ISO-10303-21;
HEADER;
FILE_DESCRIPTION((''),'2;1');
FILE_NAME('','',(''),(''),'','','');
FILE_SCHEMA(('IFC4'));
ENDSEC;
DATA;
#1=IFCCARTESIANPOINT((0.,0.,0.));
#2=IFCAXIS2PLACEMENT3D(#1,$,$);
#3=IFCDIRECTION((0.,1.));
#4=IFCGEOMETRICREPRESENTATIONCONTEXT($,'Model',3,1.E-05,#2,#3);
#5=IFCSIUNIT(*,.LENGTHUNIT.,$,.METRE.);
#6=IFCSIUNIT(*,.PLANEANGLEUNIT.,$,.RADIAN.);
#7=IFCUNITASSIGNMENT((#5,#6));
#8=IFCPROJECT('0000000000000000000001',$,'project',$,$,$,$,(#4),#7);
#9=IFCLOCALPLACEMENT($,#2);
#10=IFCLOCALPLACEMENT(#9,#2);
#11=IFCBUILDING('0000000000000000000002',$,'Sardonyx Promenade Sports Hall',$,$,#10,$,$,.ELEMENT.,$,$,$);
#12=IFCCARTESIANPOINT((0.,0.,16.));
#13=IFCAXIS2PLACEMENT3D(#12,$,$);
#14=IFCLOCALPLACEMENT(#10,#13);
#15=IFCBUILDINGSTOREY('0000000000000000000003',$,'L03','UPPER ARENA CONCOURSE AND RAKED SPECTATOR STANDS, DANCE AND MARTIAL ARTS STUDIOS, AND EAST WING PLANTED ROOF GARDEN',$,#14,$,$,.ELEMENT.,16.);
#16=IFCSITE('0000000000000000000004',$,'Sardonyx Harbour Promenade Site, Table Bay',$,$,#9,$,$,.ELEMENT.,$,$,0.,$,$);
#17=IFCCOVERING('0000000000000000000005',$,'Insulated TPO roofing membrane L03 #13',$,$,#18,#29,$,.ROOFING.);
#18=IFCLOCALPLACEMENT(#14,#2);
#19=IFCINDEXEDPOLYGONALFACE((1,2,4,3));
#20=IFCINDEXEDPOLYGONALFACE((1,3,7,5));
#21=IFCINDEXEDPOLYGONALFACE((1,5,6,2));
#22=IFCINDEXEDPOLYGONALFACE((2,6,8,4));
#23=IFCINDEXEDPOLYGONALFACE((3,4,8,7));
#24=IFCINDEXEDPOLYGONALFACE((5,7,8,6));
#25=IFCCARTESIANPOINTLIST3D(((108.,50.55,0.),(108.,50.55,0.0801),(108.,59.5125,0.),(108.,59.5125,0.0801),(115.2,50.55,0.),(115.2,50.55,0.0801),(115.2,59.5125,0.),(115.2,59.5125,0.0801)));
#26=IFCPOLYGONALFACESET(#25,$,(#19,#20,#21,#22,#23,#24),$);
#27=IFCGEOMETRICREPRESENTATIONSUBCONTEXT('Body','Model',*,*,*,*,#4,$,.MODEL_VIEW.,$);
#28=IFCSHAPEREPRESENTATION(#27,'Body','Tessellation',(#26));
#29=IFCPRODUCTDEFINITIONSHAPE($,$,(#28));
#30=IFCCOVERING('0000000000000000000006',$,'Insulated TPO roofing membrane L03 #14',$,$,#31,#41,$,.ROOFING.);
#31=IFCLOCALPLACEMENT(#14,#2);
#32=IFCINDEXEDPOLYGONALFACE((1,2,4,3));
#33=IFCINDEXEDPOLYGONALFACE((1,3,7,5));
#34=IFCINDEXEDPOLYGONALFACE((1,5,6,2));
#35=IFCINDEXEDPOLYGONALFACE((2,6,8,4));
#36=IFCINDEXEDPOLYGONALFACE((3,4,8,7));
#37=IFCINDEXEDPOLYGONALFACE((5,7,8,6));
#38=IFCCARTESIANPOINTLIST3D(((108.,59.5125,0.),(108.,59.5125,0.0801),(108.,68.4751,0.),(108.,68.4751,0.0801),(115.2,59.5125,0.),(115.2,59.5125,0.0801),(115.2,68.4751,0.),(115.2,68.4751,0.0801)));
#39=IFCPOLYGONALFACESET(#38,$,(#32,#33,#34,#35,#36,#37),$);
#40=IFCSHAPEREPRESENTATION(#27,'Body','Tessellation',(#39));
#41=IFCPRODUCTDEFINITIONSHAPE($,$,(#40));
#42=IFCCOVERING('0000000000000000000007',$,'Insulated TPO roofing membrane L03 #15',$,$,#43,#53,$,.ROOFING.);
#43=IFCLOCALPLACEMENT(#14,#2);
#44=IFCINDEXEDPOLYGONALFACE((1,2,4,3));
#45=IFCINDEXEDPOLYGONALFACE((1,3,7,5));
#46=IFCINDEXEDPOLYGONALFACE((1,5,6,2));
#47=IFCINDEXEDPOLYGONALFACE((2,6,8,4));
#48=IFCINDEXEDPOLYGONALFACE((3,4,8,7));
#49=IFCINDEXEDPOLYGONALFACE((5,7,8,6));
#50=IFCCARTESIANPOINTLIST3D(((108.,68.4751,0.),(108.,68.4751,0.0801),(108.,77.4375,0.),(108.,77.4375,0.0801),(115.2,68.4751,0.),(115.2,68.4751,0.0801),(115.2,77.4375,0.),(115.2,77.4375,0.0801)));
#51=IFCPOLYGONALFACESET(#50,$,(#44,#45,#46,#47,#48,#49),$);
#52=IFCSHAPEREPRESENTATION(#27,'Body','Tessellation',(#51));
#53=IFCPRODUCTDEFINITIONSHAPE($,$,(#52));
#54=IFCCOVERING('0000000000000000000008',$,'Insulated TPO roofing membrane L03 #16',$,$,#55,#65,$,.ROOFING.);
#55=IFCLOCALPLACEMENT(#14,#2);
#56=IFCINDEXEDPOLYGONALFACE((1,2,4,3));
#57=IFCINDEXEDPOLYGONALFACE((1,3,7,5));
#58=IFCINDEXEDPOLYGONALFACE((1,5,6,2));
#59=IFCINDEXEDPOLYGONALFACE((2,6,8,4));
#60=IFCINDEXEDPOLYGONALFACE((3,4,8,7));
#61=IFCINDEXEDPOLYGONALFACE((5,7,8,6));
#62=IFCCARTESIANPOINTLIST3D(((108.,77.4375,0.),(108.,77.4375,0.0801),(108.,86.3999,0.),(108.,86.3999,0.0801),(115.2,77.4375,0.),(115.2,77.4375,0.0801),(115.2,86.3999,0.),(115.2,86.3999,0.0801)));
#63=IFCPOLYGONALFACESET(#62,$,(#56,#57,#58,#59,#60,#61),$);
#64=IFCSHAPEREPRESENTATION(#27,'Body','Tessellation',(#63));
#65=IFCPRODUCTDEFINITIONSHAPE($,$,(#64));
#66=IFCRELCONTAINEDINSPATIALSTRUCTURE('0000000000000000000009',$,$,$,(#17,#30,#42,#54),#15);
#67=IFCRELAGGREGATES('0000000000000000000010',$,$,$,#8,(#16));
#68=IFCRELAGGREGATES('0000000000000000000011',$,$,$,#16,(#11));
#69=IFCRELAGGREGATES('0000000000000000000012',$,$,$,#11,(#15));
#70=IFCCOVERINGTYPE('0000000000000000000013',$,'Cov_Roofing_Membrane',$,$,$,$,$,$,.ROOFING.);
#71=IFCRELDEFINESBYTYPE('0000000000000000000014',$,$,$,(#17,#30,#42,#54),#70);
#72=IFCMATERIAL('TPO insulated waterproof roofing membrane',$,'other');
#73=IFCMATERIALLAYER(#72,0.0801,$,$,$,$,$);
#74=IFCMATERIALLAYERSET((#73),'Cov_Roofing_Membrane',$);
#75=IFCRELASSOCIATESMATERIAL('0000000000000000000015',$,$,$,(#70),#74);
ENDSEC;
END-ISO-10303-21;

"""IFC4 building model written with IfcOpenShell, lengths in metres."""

from ifc_helpers import new_model, si_unit, direction, frame, origin, place, context, subcontext, project, spatial, polyline, outline, extrude, material, layer, layer_set, type_object, element, save


model = new_model("IFC4")

# Units and contexts
model_context = context("Model", 3, precision=1e-05, world=origin(), true_north=direction((0.0, 1.0)))
body_context = subcontext(model_context, "Body", "Model", "MODEL_VIEW")
ifc_project = project(units=[si_unit("LENGTHUNIT", "METRE"), si_unit("PLANEANGLEUNIT", "RADIAN")], contexts=[model_context])

# Site, building, storey
site_placement = place(None, origin())
site = spatial("IfcSite", under=ifc_project, at=site_placement, Name="Sardonyx Harbour Promenade Site, Table Bay", CompositionType="ELEMENT", RefElevation=0.0)
building_placement = place(site_placement, origin())
building = spatial("IfcBuilding", under=site, at=building_placement, Name="Sardonyx Promenade Sports Hall", CompositionType="ELEMENT")
storey_placement = place(building_placement, frame((0.0, 0.0, 16.0)))
storey = spatial("IfcBuildingStorey", under=building, at=storey_placement, Name="L03", Description="UPPER ARENA CONCOURSE AND RAKED SPECTATOR STANDS, DANCE AND MARTIAL ARTS STUDIOS, AND EAST WING PLANTED ROOF GARDEN", CompositionType="ELEMENT", Elevation=16.0)

# Coverings
ifc_material_1 = material(Name="TPO insulated waterproof roofing membrane", Category="other")
ifc_layer_1 = layer(ifc_material_1, 0.0801)
ifc_layer_set_1 = layer_set([ifc_layer_1], Name="Cov_Roofing_Membrane")
covering_type_1 = type_object("IfcCoveringType", Name="Cov_Roofing_Membrane", PredefinedType="ROOFING", material=ifc_layer_set_1)
covering_1_placement = place(storey_placement, origin())
element("IfcCovering", 1, at=covering_1_placement, inside=storey, type_object=covering_type_1, Name="Insulated TPO roofing membrane L03 #13", PredefinedType="ROOFING", context=body_context, shape_type="SweptSolid", body=[
    extrude(outline(polyline([(108.0, 50.55), (115.2, 50.55), (115.2, 59.5125), (108.0, 59.5125), (108.0, 50.55)])), origin(), (0.0, 0.0, 1.0), 0.0801),
])
covering_2_placement = place(storey_placement, origin())
element("IfcCovering", 2, at=covering_2_placement, inside=storey, type_object=covering_type_1, Name="Insulated TPO roofing membrane L03 #14", PredefinedType="ROOFING", context=body_context, shape_type="SweptSolid", body=[
    extrude(outline(polyline([(108.0, 59.5125), (115.2, 59.5125), (115.2, 68.4751), (108.0, 68.4751), (108.0, 59.5125)])), origin(), (0.0, 0.0, 1.0), 0.0801),
])
covering_3_placement = place(storey_placement, origin())
element("IfcCovering", 3, at=covering_3_placement, inside=storey, type_object=covering_type_1, Name="Insulated TPO roofing membrane L03 #15", PredefinedType="ROOFING", context=body_context, shape_type="SweptSolid", body=[
    extrude(outline(polyline([(108.0, 68.4751), (115.2, 68.4751), (115.2, 77.4375), (108.0, 77.4375), (108.0, 68.4751)])), origin(), (0.0, 0.0, 1.0), 0.0801),
])
covering_4_placement = place(storey_placement, origin())
element("IfcCovering", 4, at=covering_4_placement, inside=storey, type_object=covering_type_1, Name="Insulated TPO roofing membrane L03 #16", PredefinedType="ROOFING", context=body_context, shape_type="SweptSolid", body=[
    extrude(outline(polyline([(108.0, 77.4375), (115.2, 77.4375), (115.2, 86.3999), (108.0, 86.3999), (108.0, 77.4375)])), origin(), (0.0, 0.0, 1.0), 0.0801),
])

save(model, "model.ifc")
